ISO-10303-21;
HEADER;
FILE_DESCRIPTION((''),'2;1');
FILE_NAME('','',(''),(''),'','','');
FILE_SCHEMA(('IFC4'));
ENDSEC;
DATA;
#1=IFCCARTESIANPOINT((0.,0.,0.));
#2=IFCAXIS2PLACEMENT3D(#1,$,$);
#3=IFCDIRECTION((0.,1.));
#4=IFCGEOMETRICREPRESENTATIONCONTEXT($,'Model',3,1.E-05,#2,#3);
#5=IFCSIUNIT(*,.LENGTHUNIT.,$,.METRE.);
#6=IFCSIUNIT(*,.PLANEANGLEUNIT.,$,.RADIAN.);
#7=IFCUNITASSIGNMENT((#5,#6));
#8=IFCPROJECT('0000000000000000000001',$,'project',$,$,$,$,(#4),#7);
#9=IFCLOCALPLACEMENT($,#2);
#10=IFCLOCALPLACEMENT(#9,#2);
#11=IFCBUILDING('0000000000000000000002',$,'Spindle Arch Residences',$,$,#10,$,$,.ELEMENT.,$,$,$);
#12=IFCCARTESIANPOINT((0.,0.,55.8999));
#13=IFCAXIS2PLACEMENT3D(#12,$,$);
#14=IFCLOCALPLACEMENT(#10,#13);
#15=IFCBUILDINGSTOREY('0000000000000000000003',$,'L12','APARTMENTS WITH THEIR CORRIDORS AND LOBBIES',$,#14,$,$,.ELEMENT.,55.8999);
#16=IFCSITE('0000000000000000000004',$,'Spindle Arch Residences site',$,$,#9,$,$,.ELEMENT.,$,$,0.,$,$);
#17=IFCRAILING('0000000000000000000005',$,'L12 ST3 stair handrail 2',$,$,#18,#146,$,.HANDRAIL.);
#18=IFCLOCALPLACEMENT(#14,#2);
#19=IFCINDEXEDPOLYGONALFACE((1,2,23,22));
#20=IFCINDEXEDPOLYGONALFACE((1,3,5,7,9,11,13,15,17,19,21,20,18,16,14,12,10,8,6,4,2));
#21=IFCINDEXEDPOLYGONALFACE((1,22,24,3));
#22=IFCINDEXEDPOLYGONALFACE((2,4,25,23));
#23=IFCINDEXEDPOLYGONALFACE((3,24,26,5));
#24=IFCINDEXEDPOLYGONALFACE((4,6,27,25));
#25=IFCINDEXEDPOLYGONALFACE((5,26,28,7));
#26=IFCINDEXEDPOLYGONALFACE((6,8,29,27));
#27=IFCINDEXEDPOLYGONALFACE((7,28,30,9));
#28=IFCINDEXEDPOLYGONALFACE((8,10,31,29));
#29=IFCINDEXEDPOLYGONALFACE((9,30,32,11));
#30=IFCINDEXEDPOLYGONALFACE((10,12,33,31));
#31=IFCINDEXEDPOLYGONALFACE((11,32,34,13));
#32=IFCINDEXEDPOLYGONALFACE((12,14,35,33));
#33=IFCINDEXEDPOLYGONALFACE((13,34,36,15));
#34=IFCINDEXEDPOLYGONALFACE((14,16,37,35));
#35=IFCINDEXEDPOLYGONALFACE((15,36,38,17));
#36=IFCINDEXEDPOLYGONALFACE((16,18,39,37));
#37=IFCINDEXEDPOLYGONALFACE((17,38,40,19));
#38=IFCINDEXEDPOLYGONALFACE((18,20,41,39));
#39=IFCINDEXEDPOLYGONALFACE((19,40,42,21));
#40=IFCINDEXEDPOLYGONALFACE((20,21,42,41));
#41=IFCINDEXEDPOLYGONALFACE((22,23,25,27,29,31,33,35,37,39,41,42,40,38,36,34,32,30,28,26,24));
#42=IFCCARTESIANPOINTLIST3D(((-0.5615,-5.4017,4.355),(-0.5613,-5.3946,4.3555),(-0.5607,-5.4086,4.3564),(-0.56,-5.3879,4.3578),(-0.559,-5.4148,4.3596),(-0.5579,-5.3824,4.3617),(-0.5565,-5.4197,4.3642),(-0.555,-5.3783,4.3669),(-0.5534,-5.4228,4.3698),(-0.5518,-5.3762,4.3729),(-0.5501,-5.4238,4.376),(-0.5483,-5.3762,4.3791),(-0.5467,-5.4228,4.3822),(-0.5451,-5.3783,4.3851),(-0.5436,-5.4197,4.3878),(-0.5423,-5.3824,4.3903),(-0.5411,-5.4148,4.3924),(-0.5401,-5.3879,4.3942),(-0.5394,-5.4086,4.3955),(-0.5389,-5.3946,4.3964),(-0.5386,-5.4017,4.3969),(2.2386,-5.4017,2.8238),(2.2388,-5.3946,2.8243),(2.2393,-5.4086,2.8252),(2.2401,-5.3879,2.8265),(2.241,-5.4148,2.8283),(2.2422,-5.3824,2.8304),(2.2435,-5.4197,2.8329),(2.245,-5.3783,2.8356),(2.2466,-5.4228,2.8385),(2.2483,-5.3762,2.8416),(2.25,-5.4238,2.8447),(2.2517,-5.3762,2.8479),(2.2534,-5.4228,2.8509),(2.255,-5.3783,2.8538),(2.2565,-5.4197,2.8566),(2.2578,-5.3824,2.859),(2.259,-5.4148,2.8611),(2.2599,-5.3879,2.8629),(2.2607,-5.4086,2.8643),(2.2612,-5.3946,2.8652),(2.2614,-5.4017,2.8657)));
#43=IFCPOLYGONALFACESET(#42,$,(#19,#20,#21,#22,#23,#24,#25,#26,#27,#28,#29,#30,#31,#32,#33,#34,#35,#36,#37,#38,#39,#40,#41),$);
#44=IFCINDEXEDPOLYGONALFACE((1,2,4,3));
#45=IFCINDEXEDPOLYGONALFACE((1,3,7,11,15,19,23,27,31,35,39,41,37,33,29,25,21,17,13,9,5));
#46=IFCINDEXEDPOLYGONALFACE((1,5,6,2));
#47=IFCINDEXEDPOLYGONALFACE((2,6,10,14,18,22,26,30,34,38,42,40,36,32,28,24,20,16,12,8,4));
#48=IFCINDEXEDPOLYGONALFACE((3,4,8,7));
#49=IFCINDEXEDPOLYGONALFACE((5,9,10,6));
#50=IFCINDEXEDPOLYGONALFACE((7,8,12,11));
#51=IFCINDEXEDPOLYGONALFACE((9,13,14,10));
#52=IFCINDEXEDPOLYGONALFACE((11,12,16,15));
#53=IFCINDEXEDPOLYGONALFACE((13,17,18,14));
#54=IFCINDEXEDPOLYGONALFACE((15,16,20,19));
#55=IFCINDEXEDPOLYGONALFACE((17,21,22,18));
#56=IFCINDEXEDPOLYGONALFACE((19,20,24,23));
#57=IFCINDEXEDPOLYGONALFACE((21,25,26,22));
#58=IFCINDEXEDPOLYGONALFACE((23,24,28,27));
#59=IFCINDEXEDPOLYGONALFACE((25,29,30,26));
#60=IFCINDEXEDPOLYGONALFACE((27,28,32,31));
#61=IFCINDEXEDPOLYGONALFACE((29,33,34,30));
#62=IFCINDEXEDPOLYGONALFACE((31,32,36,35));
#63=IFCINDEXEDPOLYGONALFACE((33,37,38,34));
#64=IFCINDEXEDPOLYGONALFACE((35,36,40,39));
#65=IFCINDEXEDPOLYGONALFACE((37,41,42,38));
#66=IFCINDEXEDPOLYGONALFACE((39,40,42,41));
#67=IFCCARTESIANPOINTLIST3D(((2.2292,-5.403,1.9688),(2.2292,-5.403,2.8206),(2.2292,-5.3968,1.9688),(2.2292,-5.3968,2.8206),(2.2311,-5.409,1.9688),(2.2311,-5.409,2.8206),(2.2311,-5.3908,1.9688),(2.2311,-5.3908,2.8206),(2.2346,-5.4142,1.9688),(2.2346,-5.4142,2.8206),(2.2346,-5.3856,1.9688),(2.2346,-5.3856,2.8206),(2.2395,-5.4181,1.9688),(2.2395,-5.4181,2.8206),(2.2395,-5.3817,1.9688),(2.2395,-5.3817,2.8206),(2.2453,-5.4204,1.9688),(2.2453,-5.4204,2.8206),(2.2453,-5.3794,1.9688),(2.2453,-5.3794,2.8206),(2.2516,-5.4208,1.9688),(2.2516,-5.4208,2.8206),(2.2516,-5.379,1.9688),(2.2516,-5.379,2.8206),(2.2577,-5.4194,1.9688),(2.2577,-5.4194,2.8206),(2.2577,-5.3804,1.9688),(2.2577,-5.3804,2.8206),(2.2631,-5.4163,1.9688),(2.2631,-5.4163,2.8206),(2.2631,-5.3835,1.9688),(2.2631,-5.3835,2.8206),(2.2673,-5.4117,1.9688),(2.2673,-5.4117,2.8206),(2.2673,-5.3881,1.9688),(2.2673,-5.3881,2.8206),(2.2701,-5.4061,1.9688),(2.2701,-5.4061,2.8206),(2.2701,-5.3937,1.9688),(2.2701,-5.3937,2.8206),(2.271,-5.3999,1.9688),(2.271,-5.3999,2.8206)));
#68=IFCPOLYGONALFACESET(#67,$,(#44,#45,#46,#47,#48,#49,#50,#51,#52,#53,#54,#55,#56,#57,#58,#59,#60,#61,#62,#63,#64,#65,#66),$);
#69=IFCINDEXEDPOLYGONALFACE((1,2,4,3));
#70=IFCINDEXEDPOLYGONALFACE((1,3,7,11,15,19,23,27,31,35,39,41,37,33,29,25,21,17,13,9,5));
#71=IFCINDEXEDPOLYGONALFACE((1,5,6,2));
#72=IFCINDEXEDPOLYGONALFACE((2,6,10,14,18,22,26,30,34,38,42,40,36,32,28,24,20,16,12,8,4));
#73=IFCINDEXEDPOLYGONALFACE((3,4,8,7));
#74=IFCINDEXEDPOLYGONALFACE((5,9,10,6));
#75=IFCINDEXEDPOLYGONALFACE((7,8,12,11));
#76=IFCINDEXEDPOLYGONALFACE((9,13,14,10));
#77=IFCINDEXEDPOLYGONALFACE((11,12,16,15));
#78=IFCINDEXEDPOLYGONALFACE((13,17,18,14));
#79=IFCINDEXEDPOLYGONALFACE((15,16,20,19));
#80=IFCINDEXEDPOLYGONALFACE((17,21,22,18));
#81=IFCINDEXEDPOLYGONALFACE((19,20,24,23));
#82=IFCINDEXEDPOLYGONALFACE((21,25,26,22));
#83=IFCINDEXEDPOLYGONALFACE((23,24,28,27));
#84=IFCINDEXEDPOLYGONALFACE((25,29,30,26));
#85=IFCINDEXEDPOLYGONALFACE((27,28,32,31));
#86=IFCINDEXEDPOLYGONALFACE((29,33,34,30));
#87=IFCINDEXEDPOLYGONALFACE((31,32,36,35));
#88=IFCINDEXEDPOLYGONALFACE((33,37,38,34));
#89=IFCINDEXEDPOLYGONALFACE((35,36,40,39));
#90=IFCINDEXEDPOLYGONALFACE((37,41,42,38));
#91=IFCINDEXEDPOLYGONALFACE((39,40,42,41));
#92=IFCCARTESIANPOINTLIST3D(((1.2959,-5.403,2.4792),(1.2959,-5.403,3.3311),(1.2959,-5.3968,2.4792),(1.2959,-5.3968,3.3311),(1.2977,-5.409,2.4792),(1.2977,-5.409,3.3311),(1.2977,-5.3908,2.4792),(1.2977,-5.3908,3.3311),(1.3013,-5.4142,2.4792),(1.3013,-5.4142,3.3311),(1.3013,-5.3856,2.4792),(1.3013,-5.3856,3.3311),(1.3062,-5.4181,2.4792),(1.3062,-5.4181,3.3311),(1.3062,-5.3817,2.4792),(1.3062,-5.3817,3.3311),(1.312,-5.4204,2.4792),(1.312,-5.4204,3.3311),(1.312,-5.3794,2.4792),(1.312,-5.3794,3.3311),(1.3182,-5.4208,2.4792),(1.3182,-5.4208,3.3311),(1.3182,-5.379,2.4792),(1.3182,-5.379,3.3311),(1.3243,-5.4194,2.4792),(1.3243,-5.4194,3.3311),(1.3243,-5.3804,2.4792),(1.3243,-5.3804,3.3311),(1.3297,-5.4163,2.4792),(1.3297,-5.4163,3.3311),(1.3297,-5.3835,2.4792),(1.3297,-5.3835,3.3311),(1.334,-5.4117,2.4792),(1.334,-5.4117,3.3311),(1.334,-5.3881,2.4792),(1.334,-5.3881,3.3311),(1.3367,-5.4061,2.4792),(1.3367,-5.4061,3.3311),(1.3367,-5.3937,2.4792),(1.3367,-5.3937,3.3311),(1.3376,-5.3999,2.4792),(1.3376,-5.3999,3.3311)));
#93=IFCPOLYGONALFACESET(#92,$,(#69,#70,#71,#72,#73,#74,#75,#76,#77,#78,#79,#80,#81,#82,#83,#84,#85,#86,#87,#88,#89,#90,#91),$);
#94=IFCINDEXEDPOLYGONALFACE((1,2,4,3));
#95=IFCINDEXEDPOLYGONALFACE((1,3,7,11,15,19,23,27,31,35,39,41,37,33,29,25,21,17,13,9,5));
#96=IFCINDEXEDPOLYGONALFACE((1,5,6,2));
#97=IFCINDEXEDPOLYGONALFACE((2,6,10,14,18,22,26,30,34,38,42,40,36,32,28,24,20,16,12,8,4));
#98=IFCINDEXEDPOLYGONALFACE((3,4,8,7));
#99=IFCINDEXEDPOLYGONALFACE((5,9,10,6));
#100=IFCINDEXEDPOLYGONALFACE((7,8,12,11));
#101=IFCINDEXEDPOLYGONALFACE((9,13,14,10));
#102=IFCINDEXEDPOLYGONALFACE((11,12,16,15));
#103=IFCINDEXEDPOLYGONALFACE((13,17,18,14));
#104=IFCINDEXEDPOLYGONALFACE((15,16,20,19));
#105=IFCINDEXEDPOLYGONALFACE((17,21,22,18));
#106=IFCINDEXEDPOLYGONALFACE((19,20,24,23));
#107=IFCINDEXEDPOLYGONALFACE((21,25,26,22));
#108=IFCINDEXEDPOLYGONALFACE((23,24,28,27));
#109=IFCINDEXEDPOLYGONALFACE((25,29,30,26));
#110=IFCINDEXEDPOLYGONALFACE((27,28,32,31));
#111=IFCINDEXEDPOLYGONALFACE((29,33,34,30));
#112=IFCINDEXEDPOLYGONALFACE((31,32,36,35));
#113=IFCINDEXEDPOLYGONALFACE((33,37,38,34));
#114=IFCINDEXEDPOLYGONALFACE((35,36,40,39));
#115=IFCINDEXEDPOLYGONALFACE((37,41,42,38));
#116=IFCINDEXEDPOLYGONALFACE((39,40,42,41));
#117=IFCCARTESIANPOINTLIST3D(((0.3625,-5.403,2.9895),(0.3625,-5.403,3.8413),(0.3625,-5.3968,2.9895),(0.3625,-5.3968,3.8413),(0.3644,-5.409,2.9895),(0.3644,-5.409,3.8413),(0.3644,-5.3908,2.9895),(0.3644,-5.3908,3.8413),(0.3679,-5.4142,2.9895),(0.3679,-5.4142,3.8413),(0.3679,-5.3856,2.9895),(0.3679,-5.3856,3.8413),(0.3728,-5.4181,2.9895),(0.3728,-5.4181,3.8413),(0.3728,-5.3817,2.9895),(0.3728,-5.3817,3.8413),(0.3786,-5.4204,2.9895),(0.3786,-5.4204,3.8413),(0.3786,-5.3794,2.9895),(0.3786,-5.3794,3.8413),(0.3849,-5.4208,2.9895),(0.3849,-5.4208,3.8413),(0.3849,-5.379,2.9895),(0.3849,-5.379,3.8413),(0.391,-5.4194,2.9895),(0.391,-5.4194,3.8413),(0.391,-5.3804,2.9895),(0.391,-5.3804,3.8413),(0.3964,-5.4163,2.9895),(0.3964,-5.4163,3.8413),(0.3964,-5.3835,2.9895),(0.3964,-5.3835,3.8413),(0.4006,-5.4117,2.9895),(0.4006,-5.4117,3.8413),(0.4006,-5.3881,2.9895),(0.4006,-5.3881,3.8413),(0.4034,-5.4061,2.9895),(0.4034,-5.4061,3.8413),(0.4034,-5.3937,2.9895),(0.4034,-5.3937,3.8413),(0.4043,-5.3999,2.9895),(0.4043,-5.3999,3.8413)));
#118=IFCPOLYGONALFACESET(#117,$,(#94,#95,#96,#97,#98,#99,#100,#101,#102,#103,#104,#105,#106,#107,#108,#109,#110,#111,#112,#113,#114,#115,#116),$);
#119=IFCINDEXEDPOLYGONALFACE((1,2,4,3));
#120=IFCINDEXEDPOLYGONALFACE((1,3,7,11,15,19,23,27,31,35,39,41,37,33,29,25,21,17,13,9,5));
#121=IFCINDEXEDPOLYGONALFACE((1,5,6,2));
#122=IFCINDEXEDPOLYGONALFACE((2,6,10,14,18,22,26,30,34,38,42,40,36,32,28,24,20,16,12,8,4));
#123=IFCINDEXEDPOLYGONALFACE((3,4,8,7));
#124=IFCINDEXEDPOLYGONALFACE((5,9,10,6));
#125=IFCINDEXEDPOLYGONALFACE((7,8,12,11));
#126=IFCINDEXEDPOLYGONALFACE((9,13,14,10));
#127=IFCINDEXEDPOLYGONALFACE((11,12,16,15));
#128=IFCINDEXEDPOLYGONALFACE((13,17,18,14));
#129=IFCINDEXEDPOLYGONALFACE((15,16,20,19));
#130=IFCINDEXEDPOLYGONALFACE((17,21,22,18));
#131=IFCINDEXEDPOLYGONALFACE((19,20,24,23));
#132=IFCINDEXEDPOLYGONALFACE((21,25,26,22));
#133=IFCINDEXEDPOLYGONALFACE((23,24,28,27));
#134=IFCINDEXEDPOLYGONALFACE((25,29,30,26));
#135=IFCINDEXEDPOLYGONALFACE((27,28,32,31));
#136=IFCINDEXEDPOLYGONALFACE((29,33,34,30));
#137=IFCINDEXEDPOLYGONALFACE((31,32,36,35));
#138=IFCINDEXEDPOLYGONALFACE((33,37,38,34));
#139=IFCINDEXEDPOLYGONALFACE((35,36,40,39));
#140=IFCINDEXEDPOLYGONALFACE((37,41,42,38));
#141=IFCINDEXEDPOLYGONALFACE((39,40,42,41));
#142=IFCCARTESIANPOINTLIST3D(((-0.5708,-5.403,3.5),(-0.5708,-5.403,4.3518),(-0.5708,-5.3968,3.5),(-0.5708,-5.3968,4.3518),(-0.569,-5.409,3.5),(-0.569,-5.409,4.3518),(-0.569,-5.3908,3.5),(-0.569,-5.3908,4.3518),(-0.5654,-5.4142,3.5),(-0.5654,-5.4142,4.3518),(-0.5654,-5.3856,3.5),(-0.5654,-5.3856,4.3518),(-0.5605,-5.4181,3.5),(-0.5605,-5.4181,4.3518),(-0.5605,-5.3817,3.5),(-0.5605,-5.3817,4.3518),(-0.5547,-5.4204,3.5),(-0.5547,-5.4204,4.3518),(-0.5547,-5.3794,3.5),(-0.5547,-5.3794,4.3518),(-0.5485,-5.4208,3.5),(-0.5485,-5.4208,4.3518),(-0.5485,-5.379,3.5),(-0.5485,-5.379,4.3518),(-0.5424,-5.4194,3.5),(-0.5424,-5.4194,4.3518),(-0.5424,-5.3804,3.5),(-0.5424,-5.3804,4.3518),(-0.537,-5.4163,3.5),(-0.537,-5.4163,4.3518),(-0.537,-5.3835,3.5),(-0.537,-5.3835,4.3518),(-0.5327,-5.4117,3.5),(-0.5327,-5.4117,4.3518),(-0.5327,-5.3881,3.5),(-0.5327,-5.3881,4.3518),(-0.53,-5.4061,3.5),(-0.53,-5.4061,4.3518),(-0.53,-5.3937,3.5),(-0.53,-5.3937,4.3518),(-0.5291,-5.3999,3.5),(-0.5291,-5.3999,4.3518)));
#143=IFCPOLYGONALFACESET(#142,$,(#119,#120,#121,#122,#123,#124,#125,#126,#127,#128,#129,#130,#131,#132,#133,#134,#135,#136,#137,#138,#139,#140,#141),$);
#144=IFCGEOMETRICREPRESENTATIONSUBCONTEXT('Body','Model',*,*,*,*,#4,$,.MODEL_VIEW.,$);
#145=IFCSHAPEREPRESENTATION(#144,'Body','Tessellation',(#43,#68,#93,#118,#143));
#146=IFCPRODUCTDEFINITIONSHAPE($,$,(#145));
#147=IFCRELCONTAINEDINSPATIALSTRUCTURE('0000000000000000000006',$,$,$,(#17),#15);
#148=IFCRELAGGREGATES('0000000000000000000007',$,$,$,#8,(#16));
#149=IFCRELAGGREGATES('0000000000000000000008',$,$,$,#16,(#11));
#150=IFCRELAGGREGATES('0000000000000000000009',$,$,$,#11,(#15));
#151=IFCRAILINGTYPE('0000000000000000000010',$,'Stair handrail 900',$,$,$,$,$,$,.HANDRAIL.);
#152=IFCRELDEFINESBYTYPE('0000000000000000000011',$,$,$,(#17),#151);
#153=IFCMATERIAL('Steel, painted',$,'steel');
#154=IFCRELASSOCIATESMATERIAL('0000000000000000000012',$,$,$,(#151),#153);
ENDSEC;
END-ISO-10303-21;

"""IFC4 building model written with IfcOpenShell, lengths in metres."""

from ifc_helpers import new_model, si_unit, direction, frame, origin, origin_2d, place, context, subcontext, project, spatial, circle, extrude, material, type_object, element, save


model = new_model("IFC4")

# Units and contexts
model_context = context("Model", 3, precision=1e-05, world=origin(), true_north=direction((0.0, 1.0)))
body_context = subcontext(model_context, "Body", "Model", "MODEL_VIEW")
ifc_project = project(units=[si_unit("LENGTHUNIT", "METRE"), si_unit("PLANEANGLEUNIT", "RADIAN")], contexts=[model_context])

# Site, building, storey
site_placement = place(None, origin())
site = spatial("IfcSite", under=ifc_project, at=site_placement, Name="Spindle Arch Residences site", CompositionType="ELEMENT", RefElevation=0.0)
building_placement = place(site_placement, origin())
building = spatial("IfcBuilding", under=site, at=building_placement, Name="Spindle Arch Residences", CompositionType="ELEMENT")
storey_placement = place(building_placement, frame((0.0, 0.0, 55.8999)))
storey = spatial("IfcBuildingStorey", under=building, at=storey_placement, Name="L12", Description="APARTMENTS WITH THEIR CORRIDORS AND LOBBIES", CompositionType="ELEMENT", Elevation=55.8999)

# Railing
ifc_material_1 = material(Name="Steel, painted", Category="steel")
railing_type = type_object("IfcRailingType", Name="Stair handrail 900", PredefinedType="HANDRAIL", material=ifc_material_1)
railing_placement = place(storey_placement, frame((2.25, -5.3999, 1.9688)))
element("IfcRailing", 1, at=railing_placement, inside=storey, type_object=railing_type, Name="L12 ST3 stair handrail 2", PredefinedType="HANDRAIL", context=body_context, shape_type="SweptSolid", body=[
    extrude(circle(Radius=0.0239, at=origin_2d()), frame((0.0, 0.0, 0.876), z_axis=(-0.877375, 0.0, 0.479806), x_axis=(0.0, -1.0, 0.0)), (0.0, 0.0, 1.0), 3.1914),
    extrude(circle(Radius=0.021, at=origin_2d()), origin(), (0.0, 0.0, 1.0), 0.8518),
    extrude(circle(Radius=0.021, at=origin_2d()), frame((-0.9333, 0.0, 0.5105)), (0.0, 0.0, 1.0), 0.8518),
    extrude(circle(Radius=0.021, at=origin_2d()), frame((-1.8667, 0.0, 1.0208)), (0.0, 0.0, 1.0), 0.8518),
    extrude(circle(Radius=0.021, at=origin_2d()), frame((-2.8, 0.0, 1.5312)), (0.0, 0.0, 1.0), 0.8518),
])

save(model, "model.ifc")
